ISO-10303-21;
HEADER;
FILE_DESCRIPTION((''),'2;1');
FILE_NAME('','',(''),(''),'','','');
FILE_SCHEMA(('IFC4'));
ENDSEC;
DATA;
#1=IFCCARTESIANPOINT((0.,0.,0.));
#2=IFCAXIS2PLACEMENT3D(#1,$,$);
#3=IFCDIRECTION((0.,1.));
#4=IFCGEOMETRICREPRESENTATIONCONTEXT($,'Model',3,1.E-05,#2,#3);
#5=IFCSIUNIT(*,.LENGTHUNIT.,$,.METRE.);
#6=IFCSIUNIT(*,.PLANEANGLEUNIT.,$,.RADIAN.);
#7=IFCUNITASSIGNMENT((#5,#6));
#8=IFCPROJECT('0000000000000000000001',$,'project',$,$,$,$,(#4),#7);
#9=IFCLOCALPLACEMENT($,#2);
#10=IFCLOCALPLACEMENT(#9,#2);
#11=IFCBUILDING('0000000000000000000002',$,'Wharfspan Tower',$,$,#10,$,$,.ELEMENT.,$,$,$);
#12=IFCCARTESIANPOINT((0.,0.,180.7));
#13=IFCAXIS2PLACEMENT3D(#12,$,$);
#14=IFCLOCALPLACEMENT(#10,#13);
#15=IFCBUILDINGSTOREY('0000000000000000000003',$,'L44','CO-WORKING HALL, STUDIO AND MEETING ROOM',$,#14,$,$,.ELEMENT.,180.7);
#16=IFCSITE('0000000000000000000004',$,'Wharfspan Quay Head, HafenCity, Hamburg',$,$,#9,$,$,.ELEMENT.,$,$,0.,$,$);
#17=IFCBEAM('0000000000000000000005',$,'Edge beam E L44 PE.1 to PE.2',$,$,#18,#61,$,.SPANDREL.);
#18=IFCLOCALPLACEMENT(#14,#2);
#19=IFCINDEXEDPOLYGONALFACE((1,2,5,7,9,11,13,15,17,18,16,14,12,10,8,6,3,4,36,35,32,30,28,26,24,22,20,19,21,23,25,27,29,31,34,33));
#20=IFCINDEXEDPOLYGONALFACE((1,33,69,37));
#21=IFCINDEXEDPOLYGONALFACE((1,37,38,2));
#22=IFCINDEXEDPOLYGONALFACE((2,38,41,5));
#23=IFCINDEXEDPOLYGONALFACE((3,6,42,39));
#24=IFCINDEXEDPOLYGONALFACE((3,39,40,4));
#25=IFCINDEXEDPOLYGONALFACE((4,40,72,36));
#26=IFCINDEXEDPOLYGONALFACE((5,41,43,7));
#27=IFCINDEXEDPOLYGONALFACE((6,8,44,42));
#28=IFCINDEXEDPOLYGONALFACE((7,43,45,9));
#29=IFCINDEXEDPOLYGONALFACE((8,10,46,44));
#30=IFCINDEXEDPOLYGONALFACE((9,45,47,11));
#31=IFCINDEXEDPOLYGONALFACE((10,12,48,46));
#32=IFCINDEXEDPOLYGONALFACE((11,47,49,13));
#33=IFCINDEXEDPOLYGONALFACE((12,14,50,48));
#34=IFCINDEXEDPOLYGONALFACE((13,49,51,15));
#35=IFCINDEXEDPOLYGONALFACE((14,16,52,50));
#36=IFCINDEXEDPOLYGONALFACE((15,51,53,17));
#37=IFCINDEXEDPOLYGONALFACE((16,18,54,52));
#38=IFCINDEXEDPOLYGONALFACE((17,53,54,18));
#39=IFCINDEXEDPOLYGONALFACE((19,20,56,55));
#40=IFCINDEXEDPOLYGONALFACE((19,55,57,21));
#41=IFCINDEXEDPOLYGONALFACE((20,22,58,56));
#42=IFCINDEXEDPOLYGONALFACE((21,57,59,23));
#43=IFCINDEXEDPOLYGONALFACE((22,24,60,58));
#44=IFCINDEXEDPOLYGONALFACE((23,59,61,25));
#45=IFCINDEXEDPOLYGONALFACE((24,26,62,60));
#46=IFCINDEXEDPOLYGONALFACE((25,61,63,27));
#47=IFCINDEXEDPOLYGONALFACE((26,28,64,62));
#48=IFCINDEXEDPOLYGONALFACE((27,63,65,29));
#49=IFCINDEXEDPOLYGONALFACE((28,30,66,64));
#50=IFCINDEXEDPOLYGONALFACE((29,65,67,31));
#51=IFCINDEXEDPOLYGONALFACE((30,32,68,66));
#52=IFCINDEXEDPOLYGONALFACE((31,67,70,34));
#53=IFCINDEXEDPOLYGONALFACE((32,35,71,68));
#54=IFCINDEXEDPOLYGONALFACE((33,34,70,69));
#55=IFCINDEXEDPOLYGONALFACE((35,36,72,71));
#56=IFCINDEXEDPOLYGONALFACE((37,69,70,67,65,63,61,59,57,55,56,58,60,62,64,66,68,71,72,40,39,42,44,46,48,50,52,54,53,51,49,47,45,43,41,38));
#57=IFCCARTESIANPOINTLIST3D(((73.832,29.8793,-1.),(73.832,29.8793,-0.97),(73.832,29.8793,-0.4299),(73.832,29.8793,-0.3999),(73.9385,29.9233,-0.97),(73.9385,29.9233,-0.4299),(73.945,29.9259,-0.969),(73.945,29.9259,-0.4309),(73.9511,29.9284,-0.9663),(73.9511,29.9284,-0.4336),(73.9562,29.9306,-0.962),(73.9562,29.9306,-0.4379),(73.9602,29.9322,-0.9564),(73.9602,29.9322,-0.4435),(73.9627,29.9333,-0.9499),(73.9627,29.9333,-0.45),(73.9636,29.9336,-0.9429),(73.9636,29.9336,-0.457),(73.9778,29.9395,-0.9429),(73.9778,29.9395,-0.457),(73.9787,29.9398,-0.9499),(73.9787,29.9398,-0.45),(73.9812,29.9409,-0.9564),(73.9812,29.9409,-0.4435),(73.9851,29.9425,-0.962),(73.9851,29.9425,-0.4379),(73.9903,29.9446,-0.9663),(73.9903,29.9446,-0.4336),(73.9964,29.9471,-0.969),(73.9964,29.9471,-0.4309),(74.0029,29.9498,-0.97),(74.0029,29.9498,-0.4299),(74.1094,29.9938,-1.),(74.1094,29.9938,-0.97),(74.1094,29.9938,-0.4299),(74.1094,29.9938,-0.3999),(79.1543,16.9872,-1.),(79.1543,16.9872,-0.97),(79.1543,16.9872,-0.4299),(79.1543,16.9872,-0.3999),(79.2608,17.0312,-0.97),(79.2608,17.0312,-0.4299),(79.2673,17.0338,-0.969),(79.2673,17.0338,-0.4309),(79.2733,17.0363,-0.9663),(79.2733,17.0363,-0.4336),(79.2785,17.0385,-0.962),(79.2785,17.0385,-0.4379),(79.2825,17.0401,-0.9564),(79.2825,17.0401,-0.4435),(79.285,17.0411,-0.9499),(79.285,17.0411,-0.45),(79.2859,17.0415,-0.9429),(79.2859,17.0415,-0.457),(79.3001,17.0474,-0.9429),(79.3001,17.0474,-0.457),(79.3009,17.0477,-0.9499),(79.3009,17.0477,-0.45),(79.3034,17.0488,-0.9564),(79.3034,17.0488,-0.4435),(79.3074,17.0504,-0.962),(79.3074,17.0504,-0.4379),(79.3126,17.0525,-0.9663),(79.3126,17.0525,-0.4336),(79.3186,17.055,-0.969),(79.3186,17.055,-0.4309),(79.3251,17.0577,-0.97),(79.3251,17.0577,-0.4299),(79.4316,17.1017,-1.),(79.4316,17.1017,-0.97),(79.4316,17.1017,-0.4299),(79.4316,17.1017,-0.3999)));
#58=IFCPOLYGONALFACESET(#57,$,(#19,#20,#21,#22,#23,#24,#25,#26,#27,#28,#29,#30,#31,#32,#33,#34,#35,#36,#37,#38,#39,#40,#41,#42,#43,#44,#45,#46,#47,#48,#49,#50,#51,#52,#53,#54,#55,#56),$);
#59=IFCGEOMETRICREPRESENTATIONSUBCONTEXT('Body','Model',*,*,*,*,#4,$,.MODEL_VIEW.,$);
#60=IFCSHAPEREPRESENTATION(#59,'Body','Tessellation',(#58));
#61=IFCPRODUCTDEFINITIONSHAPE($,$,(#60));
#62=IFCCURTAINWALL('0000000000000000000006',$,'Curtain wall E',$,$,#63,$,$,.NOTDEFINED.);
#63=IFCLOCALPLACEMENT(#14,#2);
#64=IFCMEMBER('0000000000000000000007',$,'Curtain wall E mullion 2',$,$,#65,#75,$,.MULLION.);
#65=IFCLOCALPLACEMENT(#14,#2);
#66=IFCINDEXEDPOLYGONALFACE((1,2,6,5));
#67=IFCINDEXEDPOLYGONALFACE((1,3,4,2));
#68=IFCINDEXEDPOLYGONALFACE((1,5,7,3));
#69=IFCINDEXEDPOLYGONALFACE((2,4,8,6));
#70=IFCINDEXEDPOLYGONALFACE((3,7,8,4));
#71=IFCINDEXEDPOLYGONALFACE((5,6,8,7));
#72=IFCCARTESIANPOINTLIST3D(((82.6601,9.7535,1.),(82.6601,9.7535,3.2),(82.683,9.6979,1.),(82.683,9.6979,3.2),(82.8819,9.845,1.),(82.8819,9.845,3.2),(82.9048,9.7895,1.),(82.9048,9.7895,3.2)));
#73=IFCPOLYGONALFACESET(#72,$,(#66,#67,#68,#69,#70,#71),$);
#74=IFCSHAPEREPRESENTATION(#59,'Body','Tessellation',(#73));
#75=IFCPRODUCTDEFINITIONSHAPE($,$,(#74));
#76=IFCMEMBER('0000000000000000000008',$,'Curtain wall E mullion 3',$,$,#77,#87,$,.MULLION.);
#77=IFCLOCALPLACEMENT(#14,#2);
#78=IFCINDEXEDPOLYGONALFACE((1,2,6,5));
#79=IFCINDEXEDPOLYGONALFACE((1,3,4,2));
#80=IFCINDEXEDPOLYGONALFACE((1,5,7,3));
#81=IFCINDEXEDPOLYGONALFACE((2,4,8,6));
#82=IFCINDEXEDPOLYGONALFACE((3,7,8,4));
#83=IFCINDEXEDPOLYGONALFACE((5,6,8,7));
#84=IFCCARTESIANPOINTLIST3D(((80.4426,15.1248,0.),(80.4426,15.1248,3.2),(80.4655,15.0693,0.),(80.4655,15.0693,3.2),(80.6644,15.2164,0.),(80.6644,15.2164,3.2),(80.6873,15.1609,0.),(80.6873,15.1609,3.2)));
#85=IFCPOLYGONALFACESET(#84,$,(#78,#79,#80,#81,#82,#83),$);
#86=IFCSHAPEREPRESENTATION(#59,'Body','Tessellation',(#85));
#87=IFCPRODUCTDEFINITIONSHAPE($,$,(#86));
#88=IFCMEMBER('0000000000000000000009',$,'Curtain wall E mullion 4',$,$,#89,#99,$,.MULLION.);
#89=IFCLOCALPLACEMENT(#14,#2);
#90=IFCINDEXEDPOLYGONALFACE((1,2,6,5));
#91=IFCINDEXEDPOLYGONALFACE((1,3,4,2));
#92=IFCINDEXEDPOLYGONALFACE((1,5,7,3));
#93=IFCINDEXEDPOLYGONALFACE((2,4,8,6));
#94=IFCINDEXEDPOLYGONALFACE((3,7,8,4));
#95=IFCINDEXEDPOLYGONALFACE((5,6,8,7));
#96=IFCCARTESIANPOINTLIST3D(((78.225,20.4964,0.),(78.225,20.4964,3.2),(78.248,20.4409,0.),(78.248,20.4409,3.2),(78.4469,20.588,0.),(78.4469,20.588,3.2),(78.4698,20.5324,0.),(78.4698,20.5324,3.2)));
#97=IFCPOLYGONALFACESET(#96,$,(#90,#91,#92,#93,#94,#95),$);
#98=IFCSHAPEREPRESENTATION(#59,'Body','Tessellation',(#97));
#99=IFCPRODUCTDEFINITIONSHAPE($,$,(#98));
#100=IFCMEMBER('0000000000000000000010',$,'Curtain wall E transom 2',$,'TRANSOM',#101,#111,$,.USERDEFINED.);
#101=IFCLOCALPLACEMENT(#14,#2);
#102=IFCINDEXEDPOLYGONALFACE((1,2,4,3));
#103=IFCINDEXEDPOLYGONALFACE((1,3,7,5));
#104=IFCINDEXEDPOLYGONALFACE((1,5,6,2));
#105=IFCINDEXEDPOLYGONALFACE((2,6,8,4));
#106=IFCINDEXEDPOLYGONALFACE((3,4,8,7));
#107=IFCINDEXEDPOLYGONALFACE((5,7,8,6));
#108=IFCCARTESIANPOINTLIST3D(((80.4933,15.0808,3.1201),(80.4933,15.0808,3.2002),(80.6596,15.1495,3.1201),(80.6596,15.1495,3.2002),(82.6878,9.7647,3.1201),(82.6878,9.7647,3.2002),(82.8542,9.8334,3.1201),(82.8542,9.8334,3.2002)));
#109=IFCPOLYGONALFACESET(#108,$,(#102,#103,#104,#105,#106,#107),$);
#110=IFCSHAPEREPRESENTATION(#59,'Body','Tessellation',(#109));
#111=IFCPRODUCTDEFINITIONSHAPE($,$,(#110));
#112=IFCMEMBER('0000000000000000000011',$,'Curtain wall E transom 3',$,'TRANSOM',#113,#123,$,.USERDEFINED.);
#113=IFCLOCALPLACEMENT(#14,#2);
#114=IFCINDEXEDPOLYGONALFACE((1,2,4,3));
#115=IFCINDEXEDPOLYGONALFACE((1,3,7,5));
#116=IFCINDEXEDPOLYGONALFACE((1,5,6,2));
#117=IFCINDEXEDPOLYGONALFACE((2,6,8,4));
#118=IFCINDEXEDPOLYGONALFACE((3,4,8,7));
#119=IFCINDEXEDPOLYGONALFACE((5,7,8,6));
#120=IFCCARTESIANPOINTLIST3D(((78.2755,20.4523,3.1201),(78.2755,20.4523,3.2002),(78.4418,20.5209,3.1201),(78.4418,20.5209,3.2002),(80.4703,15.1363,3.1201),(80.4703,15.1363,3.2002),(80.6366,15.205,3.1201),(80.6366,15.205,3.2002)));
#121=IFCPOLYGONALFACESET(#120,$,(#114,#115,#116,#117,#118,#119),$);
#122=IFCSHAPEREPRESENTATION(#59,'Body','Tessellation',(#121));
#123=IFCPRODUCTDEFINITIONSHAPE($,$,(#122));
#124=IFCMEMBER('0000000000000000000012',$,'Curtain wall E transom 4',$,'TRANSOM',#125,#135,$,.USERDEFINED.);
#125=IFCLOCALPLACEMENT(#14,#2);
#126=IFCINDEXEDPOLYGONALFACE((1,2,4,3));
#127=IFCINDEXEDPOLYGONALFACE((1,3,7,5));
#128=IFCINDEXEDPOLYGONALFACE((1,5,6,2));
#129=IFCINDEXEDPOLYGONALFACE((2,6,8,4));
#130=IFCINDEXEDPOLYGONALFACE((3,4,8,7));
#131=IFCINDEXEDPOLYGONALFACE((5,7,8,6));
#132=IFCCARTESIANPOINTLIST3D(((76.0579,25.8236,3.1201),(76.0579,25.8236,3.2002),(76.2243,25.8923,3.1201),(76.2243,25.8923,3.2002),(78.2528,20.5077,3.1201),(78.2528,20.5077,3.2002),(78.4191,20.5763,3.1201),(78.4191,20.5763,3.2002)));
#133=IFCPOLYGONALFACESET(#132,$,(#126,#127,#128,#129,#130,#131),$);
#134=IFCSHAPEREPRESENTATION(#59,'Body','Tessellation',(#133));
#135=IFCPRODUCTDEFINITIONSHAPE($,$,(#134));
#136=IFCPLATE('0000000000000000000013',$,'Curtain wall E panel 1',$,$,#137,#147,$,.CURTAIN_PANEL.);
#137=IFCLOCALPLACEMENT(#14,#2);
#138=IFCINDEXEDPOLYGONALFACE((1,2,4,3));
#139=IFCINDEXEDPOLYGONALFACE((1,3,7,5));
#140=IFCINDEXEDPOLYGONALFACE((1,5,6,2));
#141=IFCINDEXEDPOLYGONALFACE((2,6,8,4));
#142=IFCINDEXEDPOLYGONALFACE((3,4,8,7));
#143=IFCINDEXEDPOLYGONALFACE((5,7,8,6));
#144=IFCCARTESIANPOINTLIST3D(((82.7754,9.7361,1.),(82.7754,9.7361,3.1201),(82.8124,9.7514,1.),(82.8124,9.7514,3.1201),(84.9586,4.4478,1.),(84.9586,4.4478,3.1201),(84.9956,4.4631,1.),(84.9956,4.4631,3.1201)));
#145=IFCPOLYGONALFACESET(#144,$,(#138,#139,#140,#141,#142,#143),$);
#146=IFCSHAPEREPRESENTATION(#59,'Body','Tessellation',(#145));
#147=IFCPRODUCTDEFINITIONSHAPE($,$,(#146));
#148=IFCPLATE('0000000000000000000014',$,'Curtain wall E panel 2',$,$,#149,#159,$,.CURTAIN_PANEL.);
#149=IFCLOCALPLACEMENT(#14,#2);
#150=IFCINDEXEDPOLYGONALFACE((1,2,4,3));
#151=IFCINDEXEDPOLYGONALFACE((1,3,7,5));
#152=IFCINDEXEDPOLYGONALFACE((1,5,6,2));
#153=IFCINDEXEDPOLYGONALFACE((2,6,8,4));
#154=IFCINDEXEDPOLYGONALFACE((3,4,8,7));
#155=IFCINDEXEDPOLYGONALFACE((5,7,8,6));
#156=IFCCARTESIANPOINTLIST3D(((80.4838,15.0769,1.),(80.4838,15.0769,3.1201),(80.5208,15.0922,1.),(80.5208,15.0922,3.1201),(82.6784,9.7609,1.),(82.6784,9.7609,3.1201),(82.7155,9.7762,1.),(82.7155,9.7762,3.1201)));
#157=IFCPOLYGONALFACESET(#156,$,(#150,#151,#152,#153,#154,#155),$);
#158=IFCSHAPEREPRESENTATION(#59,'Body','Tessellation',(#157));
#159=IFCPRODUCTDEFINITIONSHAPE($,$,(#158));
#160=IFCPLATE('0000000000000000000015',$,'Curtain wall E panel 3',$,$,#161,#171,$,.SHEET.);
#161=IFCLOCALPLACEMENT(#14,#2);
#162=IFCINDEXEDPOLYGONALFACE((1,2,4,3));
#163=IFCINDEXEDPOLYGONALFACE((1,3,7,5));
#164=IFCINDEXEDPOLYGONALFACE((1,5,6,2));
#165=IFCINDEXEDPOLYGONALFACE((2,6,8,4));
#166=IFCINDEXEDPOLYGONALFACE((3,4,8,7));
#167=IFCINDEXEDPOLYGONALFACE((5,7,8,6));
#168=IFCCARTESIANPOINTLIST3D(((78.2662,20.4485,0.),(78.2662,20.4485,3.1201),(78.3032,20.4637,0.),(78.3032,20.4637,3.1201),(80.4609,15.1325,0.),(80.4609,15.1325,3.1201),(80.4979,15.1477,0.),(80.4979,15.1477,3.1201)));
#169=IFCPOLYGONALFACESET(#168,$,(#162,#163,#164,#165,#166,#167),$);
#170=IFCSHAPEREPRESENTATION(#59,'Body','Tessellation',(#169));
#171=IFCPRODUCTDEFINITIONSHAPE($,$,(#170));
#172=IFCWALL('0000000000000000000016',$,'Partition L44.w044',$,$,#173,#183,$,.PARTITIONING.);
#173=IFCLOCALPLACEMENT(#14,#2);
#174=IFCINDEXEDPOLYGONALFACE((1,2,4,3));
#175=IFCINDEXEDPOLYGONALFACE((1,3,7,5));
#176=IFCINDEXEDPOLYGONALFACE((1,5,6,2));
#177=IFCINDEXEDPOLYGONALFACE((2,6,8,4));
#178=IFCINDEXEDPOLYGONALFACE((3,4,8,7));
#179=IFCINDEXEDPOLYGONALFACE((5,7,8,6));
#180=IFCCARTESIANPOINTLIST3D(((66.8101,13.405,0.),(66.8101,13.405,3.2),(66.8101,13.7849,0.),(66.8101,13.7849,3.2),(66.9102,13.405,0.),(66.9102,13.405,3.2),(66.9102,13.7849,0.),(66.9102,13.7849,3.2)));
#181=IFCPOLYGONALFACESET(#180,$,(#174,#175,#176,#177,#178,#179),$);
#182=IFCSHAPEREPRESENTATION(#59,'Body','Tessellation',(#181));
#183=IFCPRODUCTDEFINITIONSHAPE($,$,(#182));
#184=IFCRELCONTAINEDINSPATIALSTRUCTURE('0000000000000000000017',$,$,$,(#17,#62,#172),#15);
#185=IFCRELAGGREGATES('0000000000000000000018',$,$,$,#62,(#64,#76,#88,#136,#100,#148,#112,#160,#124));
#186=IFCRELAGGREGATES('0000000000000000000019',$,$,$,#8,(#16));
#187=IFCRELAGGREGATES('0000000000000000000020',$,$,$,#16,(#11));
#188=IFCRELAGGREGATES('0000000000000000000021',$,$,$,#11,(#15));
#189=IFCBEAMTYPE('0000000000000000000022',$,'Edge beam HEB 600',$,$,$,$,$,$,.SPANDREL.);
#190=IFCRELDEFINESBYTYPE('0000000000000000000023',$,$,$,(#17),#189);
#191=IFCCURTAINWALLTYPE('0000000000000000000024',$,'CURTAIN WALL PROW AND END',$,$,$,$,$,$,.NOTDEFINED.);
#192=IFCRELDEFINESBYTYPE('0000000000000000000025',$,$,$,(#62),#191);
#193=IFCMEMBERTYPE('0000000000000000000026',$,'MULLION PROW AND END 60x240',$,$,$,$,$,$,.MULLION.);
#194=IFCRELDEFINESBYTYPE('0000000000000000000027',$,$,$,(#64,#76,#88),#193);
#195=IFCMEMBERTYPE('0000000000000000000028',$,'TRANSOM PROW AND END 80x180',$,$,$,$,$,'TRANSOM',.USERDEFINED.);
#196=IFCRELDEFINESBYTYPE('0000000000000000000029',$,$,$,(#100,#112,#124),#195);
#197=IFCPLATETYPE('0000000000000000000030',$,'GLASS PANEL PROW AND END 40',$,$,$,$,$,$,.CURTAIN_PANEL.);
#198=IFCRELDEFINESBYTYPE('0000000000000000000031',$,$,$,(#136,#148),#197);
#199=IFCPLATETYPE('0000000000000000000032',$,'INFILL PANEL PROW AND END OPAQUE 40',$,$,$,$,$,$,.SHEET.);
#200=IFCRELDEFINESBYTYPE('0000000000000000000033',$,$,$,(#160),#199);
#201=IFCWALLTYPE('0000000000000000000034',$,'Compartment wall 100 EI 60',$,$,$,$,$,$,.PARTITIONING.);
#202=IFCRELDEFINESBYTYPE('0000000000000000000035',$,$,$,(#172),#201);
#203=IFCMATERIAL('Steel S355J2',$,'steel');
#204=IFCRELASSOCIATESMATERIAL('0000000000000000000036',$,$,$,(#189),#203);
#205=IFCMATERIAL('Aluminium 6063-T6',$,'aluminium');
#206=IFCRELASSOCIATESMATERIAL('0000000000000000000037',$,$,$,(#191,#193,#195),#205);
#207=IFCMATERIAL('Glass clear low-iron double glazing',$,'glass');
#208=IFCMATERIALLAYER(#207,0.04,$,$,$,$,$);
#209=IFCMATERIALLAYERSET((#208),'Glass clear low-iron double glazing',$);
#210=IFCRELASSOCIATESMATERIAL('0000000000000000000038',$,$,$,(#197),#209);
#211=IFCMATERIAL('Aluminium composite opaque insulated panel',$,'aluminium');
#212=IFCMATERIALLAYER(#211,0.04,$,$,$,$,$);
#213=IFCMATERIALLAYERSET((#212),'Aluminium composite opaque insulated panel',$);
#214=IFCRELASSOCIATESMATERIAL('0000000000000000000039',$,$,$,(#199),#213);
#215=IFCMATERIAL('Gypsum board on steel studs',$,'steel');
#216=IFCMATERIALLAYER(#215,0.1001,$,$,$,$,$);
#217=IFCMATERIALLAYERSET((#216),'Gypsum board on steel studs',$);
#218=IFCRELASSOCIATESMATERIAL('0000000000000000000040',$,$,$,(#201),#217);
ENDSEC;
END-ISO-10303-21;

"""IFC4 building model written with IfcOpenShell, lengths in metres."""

from ifc_helpers import new_model, si_unit, direction, frame, frame_2d, origin, origin_2d, place, context, subcontext, project, spatial, rectangle, i_section, extrude, material, layer, layer_set, material_profile, profile_set, type_object, element, aggregate, save


model = new_model("IFC4")

# Units and contexts
model_context = context("Model", 3, precision=1e-05, world=origin(), true_north=direction((0.0, 1.0)))
body_context = subcontext(model_context, "Body", "Model", "MODEL_VIEW")
ifc_project = project(units=[si_unit("LENGTHUNIT", "METRE"), si_unit("PLANEANGLEUNIT", "RADIAN")], contexts=[model_context])

# Site, building, storey
site_placement = place(None, origin())
site = spatial("IfcSite", under=ifc_project, at=site_placement, Name="Wharfspan Quay Head, HafenCity, Hamburg", CompositionType="ELEMENT", RefElevation=0.0)
building_placement = place(site_placement, origin())
building = spatial("IfcBuilding", under=site, at=building_placement, Name="Wharfspan Tower", CompositionType="ELEMENT")
storey_placement = place(building_placement, frame((0.0, 0.0, 180.7)))
storey = spatial("IfcBuildingStorey", under=building, at=storey_placement, Name="L44", Description="CO-WORKING HALL, STUDIO AND MEETING ROOM", CompositionType="ELEMENT", Elevation=180.7)

# Shared definitions
ifc_material_1 = material(Name="Steel S355J2", Category="steel")

# Beam
ifc_material_profile_1 = material_profile(ifc_material_1, i_section(OverallWidth=0.3, OverallDepth=0.6001, WebThickness=0.0154, FlangeThickness=0.03, FilletRadius=0.0271, at=origin_2d()))
ifc_profile_set_1 = profile_set([ifc_material_profile_1], Name="Steel S355J2")
beam_type = type_object("IfcBeamType", Name="Edge beam HEB 600", PredefinedType="SPANDREL", material=ifc_profile_set_1)
beam_1_placement = place(storey_placement, frame((79.293, 17.0444, -0.7), z_axis=(-0.381593, 0.92433, 0.0), x_axis=(-0.92433, -0.381593, 0.0)))
element("IfcBeam", 1, at=beam_1_placement, inside=storey, type_object=beam_type, Name="Edge beam E L44 PE.1 to PE.2", PredefinedType="SPANDREL", context=body_context, shape_type="SweptSolid", body=[
    extrude(i_section(OverallWidth=0.3, OverallDepth=0.6001, WebThickness=0.0154, FlangeThickness=0.03, FilletRadius=0.0271, at=origin_2d()), origin(), (0.0, 0.0, 1.0), 13.9475),
])

# Curtain wall, members, plates
ifc_material_2 = material(Name="Aluminium 6063-T6", Category="aluminium")
curtain_wall_type = type_object("IfcCurtainWallType", Name="CURTAIN WALL PROW AND END", PredefinedType="NOTDEFINED", material=ifc_material_2)
curtain_wall_placement = place(storey_placement, origin())
curtain_wall = element("IfcCurtainWall", 2, at=curtain_wall_placement, inside=storey, type_object=curtain_wall_type, Name="Curtain wall E", PredefinedType="NOTDEFINED")
ifc_material_profile_2 = material_profile(ifc_material_2, rectangle(XDim=0.24, YDim=0.0601, at=origin_2d()))
ifc_profile_set_2 = profile_set([ifc_material_profile_2], Name="Aluminium 6063-T6")
member_type_1 = type_object("IfcMemberType", Name="MULLION PROW AND END 60x240", PredefinedType="MULLION", material=ifc_profile_set_2)
member_1_placement = place(storey_placement, frame((82.7825, 9.7715, 1.0), z_axis=(0.0, 0.0, 1.0), x_axis=(-0.924325, -0.381602, 0.0)))
member_1 = element("IfcMember", 3, at=member_1_placement, type_object=member_type_1, Name="Curtain wall E mullion 2", PredefinedType="MULLION", context=body_context, shape_type="SweptSolid", body=[
    extrude(rectangle(XDim=0.24, YDim=0.0601, at=origin_2d()), origin(), (0.0, 0.0, 1.0), 2.2),
])
member_2_placement = place(storey_placement, frame((80.5649, 15.1428, 0.0), z_axis=(0.0, 0.0, 1.0), x_axis=(-0.924325, -0.381602, 0.0)))
member_2 = element("IfcMember", 4, at=member_2_placement, type_object=member_type_1, Name="Curtain wall E mullion 3", PredefinedType="MULLION", context=body_context, shape_type="SweptSolid", body=[
    extrude(rectangle(XDim=0.24, YDim=0.0601, at=origin_2d()), origin(), (0.0, 0.0, 1.0), 3.2),
])
member_3_placement = place(storey_placement, frame((78.3474, 20.5144, 0.0), z_axis=(0.0, 0.0, 1.0), x_axis=(-0.924325, -0.381602, 0.0)))
member_3 = element("IfcMember", 5, at=member_3_placement, type_object=member_type_1, Name="Curtain wall E mullion 4", PredefinedType="MULLION", context=body_context, shape_type="SweptSolid", body=[
    extrude(rectangle(XDim=0.24, YDim=0.0601, at=origin_2d()), origin(), (0.0, 0.0, 1.0), 3.2),
])
ifc_material_profile_3 = material_profile(ifc_material_2, rectangle(XDim=0.1799, YDim=0.0801, at=origin_2d()))
ifc_profile_set_3 = profile_set([ifc_material_profile_3], Name="Aluminium 6063-T6")
member_type_2 = type_object("IfcMemberType", Name="TRANSOM PROW AND END 80x180", ElementType="TRANSOM", PredefinedType="USERDEFINED", material=ifc_profile_set_3)
member_4_placement = place(storey_placement, frame((82.771, 9.7991, 3.1602), z_axis=(-0.381578, 0.924337, 0.0), x_axis=(-0.924337, -0.381578, 0.0)))
member_4 = element("IfcMember", 6, at=member_4_placement, type_object=member_type_2, Name="Curtain wall E transom 2", ObjectType="TRANSOM", PredefinedType="USERDEFINED", context=body_context, shape_type="SweptSolid", body=[
    extrude(rectangle(XDim=0.1799, YDim=0.0801, at=origin_2d()), origin(), (0.0, 0.0, 1.0), 5.7512),
])
member_5_placement = place(storey_placement, frame((80.5535, 15.1707, 3.1602), z_axis=(-0.381629, 0.924315, 0.0), x_axis=(-0.924315, -0.381629, 0.0)))
member_5 = element("IfcMember", 7, at=member_5_placement, type_object=member_type_2, Name="Curtain wall E transom 3", ObjectType="TRANSOM", PredefinedType="USERDEFINED", context=body_context, shape_type="SweptSolid", body=[
    extrude(rectangle(XDim=0.1799, YDim=0.0801, at=origin_2d()), origin(), (0.0, 0.0, 1.0), 5.7512),
])
member_6_placement = place(storey_placement, frame((78.3359, 20.542, 3.1602), z_axis=(-0.381629, 0.924315, 0.0), x_axis=(-0.924315, -0.381629, 0.0)))
member_6 = element("IfcMember", 8, at=member_6_placement, type_object=member_type_2, Name="Curtain wall E transom 4", ObjectType="TRANSOM", PredefinedType="USERDEFINED", context=body_context, shape_type="SweptSolid", body=[
    extrude(rectangle(XDim=0.1799, YDim=0.0801, at=origin_2d()), origin(), (0.0, 0.0, 1.0), 5.7512),
])
ifc_material_3 = material(Name="Glass clear low-iron double glazing", Category="glass")
ifc_layer_1 = layer(ifc_material_3, 0.04)
ifc_layer_set_1 = layer_set([ifc_layer_1], Name="Glass clear low-iron double glazing")
plate_type_1 = type_object("IfcPlateType", Name="GLASS PANEL PROW AND END 40", PredefinedType="CURTAIN_PANEL", material=ifc_layer_set_1)
plate_1_placement = place(storey_placement, frame((83.8855, 7.0996, 1.0), z_axis=(0.0, 0.0, 1.0), x_axis=(-0.381602, 0.924325, 0.0)))
plate_1 = element("IfcPlate", 9, at=plate_1_placement, type_object=plate_type_1, Name="Curtain wall E panel 1", PredefinedType="CURTAIN_PANEL", context=body_context, shape_type="SweptSolid", body=[
    extrude(rectangle(XDim=5.7212, YDim=0.04, at=origin_2d()), origin(), (0.0, 0.0, 1.0), 2.1201),
])
plate_2_placement = place(storey_placement, frame((81.5996, 12.4265, 1.0), z_axis=(0.0, 0.0, 1.0), x_axis=(-0.381602, 0.924325, 0.0)))
plate_2 = element("IfcPlate", 10, at=plate_2_placement, type_object=plate_type_1, Name="Curtain wall E panel 2", PredefinedType="CURTAIN_PANEL", context=body_context, shape_type="SweptSolid", body=[
    extrude(rectangle(XDim=5.7512, YDim=0.04, at=origin_2d()), origin(), (0.0, 0.0, 1.0), 2.1201),
])
ifc_material_4 = material(Name="Aluminium composite opaque insulated panel", Category="aluminium")
ifc_layer_2 = layer(ifc_material_4, 0.04)
ifc_layer_set_2 = layer_set([ifc_layer_2], Name="Aluminium composite opaque insulated panel")
plate_type_2 = type_object("IfcPlateType", Name="INFILL PANEL PROW AND END OPAQUE 40", PredefinedType="SHEET", material=ifc_layer_set_2)
plate_3_placement = place(storey_placement, frame((79.3821, 17.7981, 0.0), z_axis=(0.0, 0.0, 1.0), x_axis=(-0.381602, 0.924325, 0.0)))
plate_3 = element("IfcPlate", 11, at=plate_3_placement, type_object=plate_type_2, Name="Curtain wall E panel 3", PredefinedType="SHEET", context=body_context, shape_type="SweptSolid", body=[
    extrude(rectangle(XDim=5.7512, YDim=0.04, at=origin_2d()), origin(), (0.0, 0.0, 1.0), 3.1201),
])
aggregate(curtain_wall, [member_1, member_2, member_3, plate_1, member_4, plate_2, member_5, plate_3, member_6])

# Wall
ifc_material_5 = material(Name="Gypsum board on steel studs", Category="steel")
ifc_layer_3 = layer(ifc_material_5, 0.1001)
ifc_layer_set_3 = layer_set([ifc_layer_3], Name="Gypsum board on steel studs")
wall_type_1 = type_object("IfcWallType", Name="Compartment wall 100 EI 60", PredefinedType="PARTITIONING", material=ifc_layer_set_3)
wall_1_placement = place(storey_placement, frame((66.8601, 13.405, 0.0), z_axis=(0.0, 0.0, 1.0), x_axis=(0.0, 1.0, 0.0)))
element("IfcWall", 12, at=wall_1_placement, inside=storey, type_object=wall_type_1, Name="Partition L44.w044", PredefinedType="PARTITIONING", context=body_context, shape_type="SweptSolid", body=[
    extrude(rectangle(XDim=0.3799, YDim=0.1001, at=frame_2d((0.1899, 0.0))), origin(), (0.0, 0.0, 1.0), 3.2),
])

save(model, "model.ifc")
